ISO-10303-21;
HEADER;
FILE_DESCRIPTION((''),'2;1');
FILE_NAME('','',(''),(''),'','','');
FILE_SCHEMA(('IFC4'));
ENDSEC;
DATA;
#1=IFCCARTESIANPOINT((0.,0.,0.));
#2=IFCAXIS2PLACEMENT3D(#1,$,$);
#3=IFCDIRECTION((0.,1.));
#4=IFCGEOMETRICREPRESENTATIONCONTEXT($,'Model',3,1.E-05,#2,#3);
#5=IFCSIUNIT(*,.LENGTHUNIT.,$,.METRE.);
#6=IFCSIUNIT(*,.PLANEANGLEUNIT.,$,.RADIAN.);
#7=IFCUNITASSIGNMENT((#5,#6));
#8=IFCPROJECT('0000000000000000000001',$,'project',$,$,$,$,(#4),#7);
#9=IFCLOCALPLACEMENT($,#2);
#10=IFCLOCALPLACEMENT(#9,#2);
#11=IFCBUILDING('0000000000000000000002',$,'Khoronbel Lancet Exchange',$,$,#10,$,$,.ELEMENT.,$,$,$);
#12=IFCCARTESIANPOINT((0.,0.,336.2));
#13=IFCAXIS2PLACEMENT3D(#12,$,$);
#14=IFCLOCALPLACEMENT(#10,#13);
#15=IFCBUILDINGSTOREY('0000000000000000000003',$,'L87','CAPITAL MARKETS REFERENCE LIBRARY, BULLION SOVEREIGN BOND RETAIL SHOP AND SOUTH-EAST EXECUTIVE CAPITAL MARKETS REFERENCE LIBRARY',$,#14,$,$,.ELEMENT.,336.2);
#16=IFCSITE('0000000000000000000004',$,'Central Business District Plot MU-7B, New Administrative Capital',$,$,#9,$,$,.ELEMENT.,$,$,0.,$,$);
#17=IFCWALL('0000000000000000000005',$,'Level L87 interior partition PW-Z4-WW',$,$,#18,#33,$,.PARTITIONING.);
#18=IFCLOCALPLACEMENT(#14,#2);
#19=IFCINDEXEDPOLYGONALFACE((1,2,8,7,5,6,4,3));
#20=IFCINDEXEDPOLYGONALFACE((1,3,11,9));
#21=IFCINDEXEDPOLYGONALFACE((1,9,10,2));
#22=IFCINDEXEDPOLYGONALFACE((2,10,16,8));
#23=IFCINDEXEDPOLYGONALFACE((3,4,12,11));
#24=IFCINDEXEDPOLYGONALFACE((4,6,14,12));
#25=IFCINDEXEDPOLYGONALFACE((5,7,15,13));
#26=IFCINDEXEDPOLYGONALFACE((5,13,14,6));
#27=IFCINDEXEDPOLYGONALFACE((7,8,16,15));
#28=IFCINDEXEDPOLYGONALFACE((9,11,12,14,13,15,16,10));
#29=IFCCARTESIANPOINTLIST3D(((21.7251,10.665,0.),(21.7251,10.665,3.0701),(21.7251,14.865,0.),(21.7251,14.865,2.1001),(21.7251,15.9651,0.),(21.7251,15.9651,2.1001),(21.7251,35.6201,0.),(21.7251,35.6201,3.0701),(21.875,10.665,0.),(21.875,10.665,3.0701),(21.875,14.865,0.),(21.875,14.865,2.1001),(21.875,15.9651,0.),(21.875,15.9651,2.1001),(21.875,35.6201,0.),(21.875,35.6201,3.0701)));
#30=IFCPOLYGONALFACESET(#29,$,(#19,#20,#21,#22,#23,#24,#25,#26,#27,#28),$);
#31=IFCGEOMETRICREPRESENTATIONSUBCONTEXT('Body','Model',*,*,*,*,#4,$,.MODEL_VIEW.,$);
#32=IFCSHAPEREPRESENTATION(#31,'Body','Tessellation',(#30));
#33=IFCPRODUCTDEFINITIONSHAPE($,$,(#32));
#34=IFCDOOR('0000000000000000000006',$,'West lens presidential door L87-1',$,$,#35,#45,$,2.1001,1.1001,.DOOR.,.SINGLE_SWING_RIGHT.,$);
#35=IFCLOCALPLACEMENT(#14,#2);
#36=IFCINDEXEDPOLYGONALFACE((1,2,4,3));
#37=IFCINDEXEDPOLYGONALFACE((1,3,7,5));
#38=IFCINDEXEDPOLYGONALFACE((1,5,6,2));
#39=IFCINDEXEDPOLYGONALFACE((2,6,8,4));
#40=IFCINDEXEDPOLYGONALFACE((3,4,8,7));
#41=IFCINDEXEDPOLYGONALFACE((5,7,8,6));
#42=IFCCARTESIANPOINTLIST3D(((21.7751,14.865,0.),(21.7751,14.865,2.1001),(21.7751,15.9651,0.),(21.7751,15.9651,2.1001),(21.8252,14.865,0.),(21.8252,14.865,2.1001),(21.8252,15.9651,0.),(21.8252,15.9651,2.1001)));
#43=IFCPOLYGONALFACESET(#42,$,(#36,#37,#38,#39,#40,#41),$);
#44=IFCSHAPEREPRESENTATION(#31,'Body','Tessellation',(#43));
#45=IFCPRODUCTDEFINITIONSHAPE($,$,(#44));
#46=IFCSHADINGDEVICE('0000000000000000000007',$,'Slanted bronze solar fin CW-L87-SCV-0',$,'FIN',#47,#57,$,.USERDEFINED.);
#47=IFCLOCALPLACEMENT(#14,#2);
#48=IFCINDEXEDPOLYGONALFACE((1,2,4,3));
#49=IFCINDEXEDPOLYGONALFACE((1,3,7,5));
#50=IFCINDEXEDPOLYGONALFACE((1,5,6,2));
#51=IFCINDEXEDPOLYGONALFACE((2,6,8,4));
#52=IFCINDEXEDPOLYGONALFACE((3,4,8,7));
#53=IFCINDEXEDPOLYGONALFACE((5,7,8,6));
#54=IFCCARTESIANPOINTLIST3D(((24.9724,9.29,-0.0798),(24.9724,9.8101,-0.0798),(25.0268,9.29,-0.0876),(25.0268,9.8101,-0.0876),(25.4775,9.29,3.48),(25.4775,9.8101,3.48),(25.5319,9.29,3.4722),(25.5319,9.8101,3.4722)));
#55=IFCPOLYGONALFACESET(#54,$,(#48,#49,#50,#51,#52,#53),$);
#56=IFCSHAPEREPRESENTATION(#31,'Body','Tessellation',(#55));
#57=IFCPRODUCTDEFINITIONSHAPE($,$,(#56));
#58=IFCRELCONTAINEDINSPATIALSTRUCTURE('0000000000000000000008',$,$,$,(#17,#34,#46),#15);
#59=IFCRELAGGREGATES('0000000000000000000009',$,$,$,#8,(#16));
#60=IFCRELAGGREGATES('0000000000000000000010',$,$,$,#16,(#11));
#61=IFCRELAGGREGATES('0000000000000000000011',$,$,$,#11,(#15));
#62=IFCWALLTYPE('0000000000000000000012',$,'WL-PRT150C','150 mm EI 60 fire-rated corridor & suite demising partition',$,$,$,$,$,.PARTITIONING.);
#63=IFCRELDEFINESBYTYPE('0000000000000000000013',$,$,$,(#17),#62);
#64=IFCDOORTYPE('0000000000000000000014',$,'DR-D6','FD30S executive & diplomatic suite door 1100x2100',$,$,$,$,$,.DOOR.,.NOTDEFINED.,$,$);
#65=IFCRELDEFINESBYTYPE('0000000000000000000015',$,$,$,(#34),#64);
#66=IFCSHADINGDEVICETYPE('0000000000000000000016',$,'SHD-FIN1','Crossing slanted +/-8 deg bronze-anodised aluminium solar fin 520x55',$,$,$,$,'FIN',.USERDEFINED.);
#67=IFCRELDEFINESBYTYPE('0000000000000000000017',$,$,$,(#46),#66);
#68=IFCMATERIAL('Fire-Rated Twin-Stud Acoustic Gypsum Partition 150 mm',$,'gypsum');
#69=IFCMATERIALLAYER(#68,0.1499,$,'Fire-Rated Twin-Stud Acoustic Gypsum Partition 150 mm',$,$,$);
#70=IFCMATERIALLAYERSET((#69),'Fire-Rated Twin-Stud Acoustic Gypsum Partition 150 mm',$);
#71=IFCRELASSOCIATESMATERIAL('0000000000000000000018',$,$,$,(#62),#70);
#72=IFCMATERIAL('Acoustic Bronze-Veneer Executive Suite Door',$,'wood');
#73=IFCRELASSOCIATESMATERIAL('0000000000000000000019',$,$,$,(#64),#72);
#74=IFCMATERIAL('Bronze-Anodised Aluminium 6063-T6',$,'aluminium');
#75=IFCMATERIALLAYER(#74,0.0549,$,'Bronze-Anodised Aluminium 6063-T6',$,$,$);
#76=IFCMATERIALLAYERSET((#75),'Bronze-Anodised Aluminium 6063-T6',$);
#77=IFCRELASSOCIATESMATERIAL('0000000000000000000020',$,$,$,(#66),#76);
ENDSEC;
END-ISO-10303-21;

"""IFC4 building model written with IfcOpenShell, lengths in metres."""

from ifc_helpers import new_model, si_unit, direction, frame, frame_2d, origin, place, context, subcontext, project, spatial, polyline, rectangle, outline, extrude, material, layer, layer_set, type_object, element, fill, save


model = new_model("IFC4")

# Units and contexts
model_context = context("Model", 3, precision=1e-05, world=origin(), true_north=direction((0.0, 1.0)))
body_context = subcontext(model_context, "Body", "Model", "MODEL_VIEW")
ifc_project = project(units=[si_unit("LENGTHUNIT", "METRE"), si_unit("PLANEANGLEUNIT", "RADIAN")], contexts=[model_context])

# Site, building, storey
site_placement = place(None, origin())
site = spatial("IfcSite", under=ifc_project, at=site_placement, Name="Central Business District Plot MU-7B, New Administrative Capital", CompositionType="ELEMENT", RefElevation=0.0)
building_placement = place(site_placement, origin())
building = spatial("IfcBuilding", under=site, at=building_placement, Name="Khoronbel Lancet Exchange", CompositionType="ELEMENT")
storey_placement = place(building_placement, frame((0.0, 0.0, 336.2)))
storey = spatial("IfcBuildingStorey", under=building, at=storey_placement, Name="L87", Description="CAPITAL MARKETS REFERENCE LIBRARY, BULLION SOVEREIGN BOND RETAIL SHOP AND SOUTH-EAST EXECUTIVE CAPITAL MARKETS REFERENCE LIBRARY", CompositionType="ELEMENT", Elevation=336.2)

# Shared definitions
ifc_material_1 = material(Name="Bronze-Anodised Aluminium 6063-T6", Category="aluminium")

# Wall, opening, door
ifc_material_2 = material(Name="Fire-Rated Twin-Stud Acoustic Gypsum Partition 150 mm", Category="gypsum")
ifc_layer_1 = layer(ifc_material_2, 0.1499, Name="Fire-Rated Twin-Stud Acoustic Gypsum Partition 150 mm")
ifc_layer_set_1 = layer_set([ifc_layer_1], Name="Fire-Rated Twin-Stud Acoustic Gypsum Partition 150 mm")
wall_type = type_object("IfcWallType", Name="WL-PRT150C", Description="150 mm EI 60 fire-rated corridor & suite demising partition", PredefinedType="PARTITIONING", material=ifc_layer_set_1)
wall_placement = place(storey_placement, frame((21.8, 10.665, 0.0), z_axis=(0.0, 0.0, 1.0), x_axis=(0.0, 1.0, 0.0)))
wall = element("IfcWall", 1, at=wall_placement, inside=storey, type_object=wall_type, Name="Level L87 interior partition PW-Z4-WW", PredefinedType="PARTITIONING", context=body_context, shape_type="SweptSolid", body=[
    extrude(rectangle(XDim=24.9551, YDim=0.1499, at=frame_2d((12.4775, 0.0))), origin(), (0.0, 0.0, 1.0), 3.0701),
])
opening_placement = place(wall_placement, frame((4.2, 0.0, 0.0)))
opening = element("IfcOpeningElement", 2, at=opening_placement, cuts=wall, PredefinedType="OPENING", context=body_context, shape_type="SweptSolid", body=[
    extrude(rectangle(XDim=1.1001, YDim=2.1001, at=frame_2d((0.55, 1.05))), frame((0.0, 0.085, 0.0), z_axis=(0.0, -1.0, 0.0), x_axis=(1.0, 0.0, 0.0)), (0.0, 0.0, 1.0), 0.1699),
])
ifc_material_3 = material(Name="Acoustic Bronze-Veneer Executive Suite Door", Category="wood")
door_type = type_object("IfcDoorType", Name="DR-D6", Description="FD30S executive & diplomatic suite door 1100x2100", OperationType="NOTDEFINED", PredefinedType="DOOR", material=ifc_material_3)
door_placement = place(opening_placement, origin())
door = element("IfcDoor", 3, at=door_placement, inside=storey, type_object=door_type, Name="West lens presidential door L87-1", OperationType="SINGLE_SWING_RIGHT", OverallHeight=2.1001, OverallWidth=1.1001, PredefinedType="DOOR", context=body_context, shape_type="SweptSolid", body=[
    extrude(rectangle(XDim=1.1001, YDim=2.1001, at=frame_2d((0.55, 1.05))), frame((0.0, 0.0249, 0.0), z_axis=(0.0, -1.0, 0.0), x_axis=(1.0, 0.0, 0.0)), (0.0, 0.0, 1.0), 0.05),
])
fill(opening, door)

# Shading device
ifc_layer_2 = layer(ifc_material_1, 0.0549, Name="Bronze-Anodised Aluminium 6063-T6")
ifc_layer_set_2 = layer_set([ifc_layer_2], Name="Bronze-Anodised Aluminium 6063-T6")
shading_device_type = type_object("IfcShadingDeviceType", Name="SHD-FIN1", Description="Crossing slanted +/-8 deg bronze-anodised aluminium solar fin 520x55", ElementType="FIN", PredefinedType="USERDEFINED", material=ifc_layer_set_2)
shading_device_placement = place(storey_placement, frame((24.9724, 9.8101, -0.0798), z_axis=(-0.990082, 0.0, 0.14049), x_axis=(0.0, -1.0, 0.0)))
element("IfcShadingDevice", 4, at=shading_device_placement, inside=storey, type_object=shading_device_type, Name="Slanted bronze solar fin CW-L87-SCV-0", ObjectType="FIN", PredefinedType="USERDEFINED", context=body_context, shape_type="SweptSolid", body=[
    extrude(outline(polyline([(0.0, 0.0), (0.52, 0.0), (0.52, 3.5955), (0.0, 3.5955), (0.0, 0.0)])), origin(), (0.0, 0.0, -1.0), 0.0549),
])

save(model, "model.ifc")
